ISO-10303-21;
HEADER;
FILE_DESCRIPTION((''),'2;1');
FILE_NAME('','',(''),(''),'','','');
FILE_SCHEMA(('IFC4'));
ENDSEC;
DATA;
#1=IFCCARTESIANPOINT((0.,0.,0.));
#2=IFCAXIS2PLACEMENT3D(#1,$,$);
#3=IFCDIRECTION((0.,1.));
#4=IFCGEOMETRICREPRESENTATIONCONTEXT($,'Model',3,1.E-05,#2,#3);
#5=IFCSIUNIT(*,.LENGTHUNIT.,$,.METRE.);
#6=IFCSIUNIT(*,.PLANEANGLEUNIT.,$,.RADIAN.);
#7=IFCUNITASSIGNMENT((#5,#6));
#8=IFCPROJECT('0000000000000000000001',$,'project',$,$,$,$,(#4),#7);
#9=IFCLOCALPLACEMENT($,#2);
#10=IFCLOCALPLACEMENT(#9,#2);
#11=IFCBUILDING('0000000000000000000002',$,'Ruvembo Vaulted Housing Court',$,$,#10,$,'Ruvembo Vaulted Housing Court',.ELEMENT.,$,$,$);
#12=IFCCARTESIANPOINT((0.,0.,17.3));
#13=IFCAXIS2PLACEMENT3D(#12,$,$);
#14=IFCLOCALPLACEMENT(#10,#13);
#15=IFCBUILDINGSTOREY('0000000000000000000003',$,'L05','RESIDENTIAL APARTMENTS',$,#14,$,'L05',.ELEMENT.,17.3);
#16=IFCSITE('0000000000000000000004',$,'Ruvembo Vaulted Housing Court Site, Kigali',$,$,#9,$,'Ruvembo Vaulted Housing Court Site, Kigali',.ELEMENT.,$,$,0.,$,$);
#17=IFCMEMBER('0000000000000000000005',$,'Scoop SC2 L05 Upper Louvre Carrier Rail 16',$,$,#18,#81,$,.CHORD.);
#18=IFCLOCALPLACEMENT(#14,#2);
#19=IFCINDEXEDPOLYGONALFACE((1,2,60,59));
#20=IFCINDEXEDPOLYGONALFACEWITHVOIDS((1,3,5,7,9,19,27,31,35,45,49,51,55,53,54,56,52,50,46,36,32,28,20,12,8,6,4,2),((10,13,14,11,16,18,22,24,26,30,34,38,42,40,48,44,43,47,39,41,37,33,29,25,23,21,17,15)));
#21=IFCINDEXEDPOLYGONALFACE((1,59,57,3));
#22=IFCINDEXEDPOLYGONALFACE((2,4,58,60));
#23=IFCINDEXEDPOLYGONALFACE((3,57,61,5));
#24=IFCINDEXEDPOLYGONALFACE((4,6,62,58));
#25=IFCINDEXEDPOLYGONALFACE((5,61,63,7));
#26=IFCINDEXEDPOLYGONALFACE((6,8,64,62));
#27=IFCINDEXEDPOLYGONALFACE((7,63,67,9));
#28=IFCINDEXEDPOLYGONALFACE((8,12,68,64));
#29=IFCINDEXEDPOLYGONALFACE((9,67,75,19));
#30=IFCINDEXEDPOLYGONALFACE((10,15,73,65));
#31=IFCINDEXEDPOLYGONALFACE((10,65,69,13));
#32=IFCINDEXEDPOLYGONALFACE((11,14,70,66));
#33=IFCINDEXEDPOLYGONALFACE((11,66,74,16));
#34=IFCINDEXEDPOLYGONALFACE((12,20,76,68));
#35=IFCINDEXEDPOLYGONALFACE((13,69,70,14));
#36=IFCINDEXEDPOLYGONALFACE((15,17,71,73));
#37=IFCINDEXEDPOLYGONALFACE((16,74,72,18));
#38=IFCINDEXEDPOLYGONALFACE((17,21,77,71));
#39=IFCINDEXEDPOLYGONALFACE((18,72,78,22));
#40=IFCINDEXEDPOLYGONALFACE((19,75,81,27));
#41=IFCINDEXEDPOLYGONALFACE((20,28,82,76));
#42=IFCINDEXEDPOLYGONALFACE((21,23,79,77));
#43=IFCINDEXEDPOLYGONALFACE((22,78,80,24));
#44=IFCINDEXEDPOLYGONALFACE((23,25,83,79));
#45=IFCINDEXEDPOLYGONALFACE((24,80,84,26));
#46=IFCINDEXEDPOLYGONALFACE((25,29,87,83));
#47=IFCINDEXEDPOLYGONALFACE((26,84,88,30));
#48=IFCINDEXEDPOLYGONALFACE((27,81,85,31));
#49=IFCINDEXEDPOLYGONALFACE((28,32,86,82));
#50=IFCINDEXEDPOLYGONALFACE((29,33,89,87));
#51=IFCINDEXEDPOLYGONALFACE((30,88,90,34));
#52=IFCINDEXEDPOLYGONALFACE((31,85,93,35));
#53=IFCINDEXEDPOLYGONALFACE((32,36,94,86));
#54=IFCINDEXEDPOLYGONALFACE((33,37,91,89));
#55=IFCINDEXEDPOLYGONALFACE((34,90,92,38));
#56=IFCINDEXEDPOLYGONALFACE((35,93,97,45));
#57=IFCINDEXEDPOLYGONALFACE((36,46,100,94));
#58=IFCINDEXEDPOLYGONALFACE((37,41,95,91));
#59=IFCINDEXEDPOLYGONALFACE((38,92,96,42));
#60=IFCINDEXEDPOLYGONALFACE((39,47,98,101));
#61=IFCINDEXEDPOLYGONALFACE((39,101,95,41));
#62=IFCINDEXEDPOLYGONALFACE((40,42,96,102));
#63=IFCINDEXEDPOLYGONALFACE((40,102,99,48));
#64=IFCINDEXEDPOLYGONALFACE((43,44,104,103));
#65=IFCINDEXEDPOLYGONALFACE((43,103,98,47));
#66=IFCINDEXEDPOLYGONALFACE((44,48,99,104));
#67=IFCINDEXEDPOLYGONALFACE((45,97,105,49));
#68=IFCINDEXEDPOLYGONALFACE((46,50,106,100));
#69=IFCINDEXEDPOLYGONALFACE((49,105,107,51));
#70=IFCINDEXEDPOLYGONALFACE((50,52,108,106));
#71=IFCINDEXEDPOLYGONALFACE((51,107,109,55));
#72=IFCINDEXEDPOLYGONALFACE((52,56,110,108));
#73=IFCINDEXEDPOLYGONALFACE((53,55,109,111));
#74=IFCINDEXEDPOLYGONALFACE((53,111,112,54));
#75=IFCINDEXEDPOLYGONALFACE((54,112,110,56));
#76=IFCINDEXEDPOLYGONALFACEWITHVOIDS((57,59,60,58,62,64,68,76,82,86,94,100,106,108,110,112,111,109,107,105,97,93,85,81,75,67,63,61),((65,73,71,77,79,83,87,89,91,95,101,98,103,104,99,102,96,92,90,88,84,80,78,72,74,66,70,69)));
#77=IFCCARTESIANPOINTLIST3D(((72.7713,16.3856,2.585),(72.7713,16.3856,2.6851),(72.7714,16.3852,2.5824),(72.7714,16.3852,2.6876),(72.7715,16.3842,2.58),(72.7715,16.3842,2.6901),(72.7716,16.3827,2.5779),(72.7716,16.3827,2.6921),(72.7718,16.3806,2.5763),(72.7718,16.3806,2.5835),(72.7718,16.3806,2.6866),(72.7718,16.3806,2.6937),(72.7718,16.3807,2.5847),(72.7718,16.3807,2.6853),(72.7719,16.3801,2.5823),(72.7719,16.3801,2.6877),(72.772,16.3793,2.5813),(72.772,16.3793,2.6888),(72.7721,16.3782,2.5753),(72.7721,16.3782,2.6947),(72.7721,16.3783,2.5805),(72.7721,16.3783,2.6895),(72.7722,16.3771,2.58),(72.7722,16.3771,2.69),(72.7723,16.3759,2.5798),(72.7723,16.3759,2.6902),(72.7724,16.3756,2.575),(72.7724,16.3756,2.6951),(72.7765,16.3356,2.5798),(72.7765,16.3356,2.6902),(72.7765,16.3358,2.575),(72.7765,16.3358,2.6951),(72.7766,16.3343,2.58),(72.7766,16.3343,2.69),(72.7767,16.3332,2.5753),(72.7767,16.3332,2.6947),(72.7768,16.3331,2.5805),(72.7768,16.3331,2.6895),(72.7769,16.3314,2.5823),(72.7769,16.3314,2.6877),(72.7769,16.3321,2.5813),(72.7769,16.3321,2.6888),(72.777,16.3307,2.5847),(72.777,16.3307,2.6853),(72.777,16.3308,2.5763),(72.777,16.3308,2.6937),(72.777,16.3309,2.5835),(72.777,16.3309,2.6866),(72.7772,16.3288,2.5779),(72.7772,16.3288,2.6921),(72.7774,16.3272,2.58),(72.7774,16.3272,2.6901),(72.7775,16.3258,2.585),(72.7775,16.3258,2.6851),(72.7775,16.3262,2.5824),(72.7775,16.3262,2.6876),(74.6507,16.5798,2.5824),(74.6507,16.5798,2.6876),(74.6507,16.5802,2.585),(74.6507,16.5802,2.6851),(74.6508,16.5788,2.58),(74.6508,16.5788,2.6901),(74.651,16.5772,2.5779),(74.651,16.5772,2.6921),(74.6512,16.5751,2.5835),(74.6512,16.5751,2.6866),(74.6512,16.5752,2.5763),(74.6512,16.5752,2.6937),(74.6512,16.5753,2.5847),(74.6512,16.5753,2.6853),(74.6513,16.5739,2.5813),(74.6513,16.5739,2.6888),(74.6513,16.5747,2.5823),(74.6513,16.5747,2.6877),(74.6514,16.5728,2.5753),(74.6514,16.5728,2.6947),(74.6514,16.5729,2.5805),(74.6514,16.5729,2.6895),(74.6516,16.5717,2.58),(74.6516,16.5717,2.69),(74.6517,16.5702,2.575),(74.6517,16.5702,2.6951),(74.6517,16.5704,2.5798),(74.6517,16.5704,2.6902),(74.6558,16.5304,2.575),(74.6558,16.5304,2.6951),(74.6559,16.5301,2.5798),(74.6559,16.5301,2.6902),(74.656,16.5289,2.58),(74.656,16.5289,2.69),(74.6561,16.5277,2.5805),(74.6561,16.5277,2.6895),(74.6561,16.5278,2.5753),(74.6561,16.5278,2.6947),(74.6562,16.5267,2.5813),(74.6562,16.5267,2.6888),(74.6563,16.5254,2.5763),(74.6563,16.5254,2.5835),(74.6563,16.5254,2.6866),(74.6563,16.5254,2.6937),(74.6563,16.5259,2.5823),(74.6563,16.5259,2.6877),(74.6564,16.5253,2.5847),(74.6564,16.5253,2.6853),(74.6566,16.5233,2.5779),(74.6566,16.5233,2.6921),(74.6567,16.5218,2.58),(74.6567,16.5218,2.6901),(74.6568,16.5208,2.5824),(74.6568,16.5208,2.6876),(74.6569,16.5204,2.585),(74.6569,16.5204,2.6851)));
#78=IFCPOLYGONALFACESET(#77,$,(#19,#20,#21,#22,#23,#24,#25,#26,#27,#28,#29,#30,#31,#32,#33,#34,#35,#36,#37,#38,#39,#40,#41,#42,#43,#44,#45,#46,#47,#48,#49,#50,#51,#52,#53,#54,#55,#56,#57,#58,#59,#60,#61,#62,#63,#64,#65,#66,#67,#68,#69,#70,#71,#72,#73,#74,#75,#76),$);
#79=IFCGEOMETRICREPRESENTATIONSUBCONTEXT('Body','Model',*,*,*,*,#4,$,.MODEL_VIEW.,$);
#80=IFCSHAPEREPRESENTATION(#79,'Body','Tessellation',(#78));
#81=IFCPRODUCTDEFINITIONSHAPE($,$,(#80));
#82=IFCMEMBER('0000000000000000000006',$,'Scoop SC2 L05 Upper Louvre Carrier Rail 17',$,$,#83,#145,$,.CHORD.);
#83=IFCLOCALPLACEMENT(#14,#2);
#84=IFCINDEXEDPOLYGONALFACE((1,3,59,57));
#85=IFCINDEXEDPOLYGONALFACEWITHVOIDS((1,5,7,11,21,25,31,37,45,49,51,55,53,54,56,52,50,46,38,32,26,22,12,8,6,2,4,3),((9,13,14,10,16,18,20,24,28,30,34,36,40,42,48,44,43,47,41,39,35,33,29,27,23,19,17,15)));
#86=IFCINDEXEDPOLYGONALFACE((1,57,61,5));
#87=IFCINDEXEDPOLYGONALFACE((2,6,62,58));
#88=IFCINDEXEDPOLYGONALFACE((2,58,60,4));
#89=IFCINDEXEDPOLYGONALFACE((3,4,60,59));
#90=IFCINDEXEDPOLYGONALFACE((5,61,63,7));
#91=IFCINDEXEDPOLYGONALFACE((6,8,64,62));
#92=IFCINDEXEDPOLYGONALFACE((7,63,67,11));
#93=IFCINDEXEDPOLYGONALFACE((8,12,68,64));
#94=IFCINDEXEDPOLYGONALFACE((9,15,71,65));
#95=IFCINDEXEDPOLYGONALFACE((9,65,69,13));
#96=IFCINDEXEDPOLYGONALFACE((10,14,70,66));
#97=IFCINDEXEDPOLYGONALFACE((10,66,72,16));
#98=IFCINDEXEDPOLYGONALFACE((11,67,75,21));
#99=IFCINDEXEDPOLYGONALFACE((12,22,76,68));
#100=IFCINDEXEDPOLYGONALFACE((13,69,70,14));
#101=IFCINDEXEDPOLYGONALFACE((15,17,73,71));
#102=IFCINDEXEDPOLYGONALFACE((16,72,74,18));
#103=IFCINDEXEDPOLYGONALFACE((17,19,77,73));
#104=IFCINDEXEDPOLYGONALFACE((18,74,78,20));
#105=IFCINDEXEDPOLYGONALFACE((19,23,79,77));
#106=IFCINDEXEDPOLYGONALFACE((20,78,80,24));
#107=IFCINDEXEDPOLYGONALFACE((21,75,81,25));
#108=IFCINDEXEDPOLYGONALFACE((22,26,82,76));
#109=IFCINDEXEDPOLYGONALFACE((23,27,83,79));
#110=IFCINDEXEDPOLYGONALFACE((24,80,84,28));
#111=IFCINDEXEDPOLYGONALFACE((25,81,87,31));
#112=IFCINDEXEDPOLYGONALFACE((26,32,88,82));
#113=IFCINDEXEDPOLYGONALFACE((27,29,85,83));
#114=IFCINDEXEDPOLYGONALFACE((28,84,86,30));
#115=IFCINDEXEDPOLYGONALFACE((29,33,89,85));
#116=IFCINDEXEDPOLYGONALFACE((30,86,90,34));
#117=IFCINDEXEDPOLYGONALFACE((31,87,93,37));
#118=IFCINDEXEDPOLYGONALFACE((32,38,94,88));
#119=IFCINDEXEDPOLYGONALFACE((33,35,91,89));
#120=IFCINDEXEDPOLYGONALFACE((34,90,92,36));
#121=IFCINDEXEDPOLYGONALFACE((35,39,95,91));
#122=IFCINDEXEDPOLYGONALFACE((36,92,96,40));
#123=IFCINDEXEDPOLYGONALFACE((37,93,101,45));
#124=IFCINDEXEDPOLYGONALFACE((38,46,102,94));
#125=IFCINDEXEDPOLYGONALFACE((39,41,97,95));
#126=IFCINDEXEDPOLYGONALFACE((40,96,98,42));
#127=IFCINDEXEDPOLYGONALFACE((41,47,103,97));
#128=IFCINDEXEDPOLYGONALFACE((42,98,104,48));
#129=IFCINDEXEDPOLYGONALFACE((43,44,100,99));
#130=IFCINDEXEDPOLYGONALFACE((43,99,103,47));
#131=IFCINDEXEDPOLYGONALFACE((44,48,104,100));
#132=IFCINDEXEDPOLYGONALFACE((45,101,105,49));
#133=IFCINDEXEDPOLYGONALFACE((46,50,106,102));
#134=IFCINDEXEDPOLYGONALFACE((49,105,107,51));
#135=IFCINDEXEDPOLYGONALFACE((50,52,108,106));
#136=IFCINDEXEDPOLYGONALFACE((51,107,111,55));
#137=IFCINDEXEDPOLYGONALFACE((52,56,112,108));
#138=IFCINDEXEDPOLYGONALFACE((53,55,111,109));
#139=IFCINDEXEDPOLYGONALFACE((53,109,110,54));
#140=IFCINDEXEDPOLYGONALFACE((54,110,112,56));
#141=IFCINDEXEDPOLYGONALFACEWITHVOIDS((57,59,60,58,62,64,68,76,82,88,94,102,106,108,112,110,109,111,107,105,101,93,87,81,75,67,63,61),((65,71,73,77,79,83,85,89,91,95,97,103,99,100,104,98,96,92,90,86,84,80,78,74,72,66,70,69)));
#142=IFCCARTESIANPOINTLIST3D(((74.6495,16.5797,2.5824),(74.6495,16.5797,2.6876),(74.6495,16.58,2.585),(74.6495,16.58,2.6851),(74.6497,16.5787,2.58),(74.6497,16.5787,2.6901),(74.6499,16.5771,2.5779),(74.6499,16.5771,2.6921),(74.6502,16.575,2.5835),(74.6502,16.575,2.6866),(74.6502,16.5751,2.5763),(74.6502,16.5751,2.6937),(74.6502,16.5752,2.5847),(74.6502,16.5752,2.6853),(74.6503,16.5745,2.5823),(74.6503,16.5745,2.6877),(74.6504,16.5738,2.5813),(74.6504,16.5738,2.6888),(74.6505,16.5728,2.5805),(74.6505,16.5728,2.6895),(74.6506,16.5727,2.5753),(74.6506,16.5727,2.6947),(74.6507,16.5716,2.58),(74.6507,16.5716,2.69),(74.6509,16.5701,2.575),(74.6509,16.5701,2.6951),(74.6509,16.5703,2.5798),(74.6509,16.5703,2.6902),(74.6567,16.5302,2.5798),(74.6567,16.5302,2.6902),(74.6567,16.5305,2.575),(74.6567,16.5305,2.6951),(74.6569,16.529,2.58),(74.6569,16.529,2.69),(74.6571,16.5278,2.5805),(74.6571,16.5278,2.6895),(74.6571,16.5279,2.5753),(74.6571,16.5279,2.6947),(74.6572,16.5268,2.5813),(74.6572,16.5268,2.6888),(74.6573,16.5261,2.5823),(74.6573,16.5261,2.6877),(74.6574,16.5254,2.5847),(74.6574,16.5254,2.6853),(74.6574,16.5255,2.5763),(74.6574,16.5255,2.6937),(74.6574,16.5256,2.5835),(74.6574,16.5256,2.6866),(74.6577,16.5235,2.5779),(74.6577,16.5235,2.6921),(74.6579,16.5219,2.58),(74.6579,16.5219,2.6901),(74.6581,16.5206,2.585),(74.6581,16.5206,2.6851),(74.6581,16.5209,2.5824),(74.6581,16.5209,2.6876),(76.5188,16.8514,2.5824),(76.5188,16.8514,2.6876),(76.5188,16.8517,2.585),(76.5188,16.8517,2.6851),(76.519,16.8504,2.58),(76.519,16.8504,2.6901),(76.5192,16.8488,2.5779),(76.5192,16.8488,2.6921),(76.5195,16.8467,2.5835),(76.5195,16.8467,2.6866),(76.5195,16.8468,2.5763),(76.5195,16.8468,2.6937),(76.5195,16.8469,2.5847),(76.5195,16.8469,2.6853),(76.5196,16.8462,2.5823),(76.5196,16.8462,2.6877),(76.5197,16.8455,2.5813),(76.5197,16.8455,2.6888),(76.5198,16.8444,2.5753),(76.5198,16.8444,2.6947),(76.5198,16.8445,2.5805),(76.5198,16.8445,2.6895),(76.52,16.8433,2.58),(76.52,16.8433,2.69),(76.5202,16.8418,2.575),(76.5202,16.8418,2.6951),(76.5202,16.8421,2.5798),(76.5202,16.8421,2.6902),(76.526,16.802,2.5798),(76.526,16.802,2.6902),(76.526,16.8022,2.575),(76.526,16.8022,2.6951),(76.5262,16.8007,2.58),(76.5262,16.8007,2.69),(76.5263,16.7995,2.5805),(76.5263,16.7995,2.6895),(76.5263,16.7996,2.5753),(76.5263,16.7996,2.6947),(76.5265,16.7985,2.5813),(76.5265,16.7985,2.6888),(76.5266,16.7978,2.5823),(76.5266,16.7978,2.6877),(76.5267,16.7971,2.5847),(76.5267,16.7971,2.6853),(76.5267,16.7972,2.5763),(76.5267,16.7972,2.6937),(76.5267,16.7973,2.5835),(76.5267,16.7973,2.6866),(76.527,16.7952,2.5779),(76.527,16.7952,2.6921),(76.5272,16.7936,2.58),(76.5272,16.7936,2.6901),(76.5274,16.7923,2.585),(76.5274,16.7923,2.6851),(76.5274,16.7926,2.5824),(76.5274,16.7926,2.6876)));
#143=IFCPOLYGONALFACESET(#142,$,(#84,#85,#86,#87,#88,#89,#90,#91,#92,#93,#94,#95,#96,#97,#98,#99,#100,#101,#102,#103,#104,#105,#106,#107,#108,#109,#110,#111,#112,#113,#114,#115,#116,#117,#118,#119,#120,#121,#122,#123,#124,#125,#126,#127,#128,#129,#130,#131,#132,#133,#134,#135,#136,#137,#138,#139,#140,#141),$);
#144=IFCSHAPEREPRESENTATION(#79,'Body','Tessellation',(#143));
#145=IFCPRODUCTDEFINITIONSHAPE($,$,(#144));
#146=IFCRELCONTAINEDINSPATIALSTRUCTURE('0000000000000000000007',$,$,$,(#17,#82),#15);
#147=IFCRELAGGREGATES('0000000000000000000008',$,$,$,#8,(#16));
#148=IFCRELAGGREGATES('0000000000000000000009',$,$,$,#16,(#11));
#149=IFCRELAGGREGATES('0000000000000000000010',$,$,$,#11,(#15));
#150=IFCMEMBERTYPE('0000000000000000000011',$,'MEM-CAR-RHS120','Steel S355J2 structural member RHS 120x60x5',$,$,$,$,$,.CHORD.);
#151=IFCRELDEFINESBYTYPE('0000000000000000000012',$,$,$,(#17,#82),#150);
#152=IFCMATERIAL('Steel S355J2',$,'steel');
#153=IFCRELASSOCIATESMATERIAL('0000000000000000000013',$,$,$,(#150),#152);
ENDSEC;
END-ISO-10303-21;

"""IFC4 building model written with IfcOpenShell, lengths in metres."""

from ifc_helpers import new_model, si_unit, direction, frame, origin, origin_2d, place, context, subcontext, project, spatial, hollow_rectangle, extrude, material, material_profile, profile_set, type_object, element, save


model = new_model("IFC4")

# Units and contexts
model_context = context("Model", 3, precision=1e-05, world=origin(), true_north=direction((0.0, 1.0)))
body_context = subcontext(model_context, "Body", "Model", "MODEL_VIEW")
ifc_project = project(units=[si_unit("LENGTHUNIT", "METRE"), si_unit("PLANEANGLEUNIT", "RADIAN")], contexts=[model_context])

# Site, building, storey
site_placement = place(None, origin())
site = spatial("IfcSite", under=ifc_project, at=site_placement, Name="Ruvembo Vaulted Housing Court Site, Kigali", LongName="Ruvembo Vaulted Housing Court Site, Kigali", CompositionType="ELEMENT", RefElevation=0.0)
building_placement = place(site_placement, origin())
building = spatial("IfcBuilding", under=site, at=building_placement, Name="Ruvembo Vaulted Housing Court", LongName="Ruvembo Vaulted Housing Court", CompositionType="ELEMENT")
storey_placement = place(building_placement, frame((0.0, 0.0, 17.3)))
storey = spatial("IfcBuildingStorey", under=building, at=storey_placement, Name="L05", Description="RESIDENTIAL APARTMENTS", LongName="L05", CompositionType="ELEMENT", Elevation=17.3)

# Shared definitions
ifc_material_1 = material(Name="Steel S355J2", Category="steel")

# Members
ifc_material_profile_1 = material_profile(ifc_material_1, hollow_rectangle(XDim=0.0601, YDim=0.1201, WallThickness=0.0049, InnerFilletRadius=0.0049, OuterFilletRadius=0.01, at=origin_2d()), Name="RHS 120x60x5")
ifc_profile_set_1 = profile_set([ifc_material_profile_1], Name="Steel S355J2")
member_type_1 = type_object("IfcMemberType", Name="MEM-CAR-RHS120", Description="Steel S355J2 structural member RHS 120x60x5", PredefinedType="CHORD", material=ifc_profile_set_1)
member_1_placement = place(storey_placement, frame((72.7744, 16.3557, 2.635), z_axis=(0.994683, 0.102983, 0.0), x_axis=(-0.102983, 0.994683, 0.0)))
element("IfcMember", 1, at=member_1_placement, inside=storey, type_object=member_type_1, Name="Scoop SC2 L05 Upper Louvre Carrier Rail 16", PredefinedType="CHORD", context=body_context, shape_type="SweptSolid", body=[
    extrude(hollow_rectangle(XDim=0.0601, YDim=0.1201, WallThickness=0.0049, InnerFilletRadius=0.0049, OuterFilletRadius=0.01, at=origin_2d()), origin(), (0.0, 0.0, 1.0), 1.8894),
])
member_2_placement = place(storey_placement, frame((74.6538, 16.5503, 2.635), z_axis=(0.9896, 0.143845, 0.0), x_axis=(-0.143845, 0.9896, 0.0)))
element("IfcMember", 2, at=member_2_placement, inside=storey, type_object=member_type_1, Name="Scoop SC2 L05 Upper Louvre Carrier Rail 17", PredefinedType="CHORD", context=body_context, shape_type="SweptSolid", body=[
    extrude(hollow_rectangle(XDim=0.0601, YDim=0.1201, WallThickness=0.0049, InnerFilletRadius=0.0049, OuterFilletRadius=0.01, at=origin_2d()), origin(), (0.0, 0.0, 1.0), 1.8889),
])

save(model, "model.ifc")
